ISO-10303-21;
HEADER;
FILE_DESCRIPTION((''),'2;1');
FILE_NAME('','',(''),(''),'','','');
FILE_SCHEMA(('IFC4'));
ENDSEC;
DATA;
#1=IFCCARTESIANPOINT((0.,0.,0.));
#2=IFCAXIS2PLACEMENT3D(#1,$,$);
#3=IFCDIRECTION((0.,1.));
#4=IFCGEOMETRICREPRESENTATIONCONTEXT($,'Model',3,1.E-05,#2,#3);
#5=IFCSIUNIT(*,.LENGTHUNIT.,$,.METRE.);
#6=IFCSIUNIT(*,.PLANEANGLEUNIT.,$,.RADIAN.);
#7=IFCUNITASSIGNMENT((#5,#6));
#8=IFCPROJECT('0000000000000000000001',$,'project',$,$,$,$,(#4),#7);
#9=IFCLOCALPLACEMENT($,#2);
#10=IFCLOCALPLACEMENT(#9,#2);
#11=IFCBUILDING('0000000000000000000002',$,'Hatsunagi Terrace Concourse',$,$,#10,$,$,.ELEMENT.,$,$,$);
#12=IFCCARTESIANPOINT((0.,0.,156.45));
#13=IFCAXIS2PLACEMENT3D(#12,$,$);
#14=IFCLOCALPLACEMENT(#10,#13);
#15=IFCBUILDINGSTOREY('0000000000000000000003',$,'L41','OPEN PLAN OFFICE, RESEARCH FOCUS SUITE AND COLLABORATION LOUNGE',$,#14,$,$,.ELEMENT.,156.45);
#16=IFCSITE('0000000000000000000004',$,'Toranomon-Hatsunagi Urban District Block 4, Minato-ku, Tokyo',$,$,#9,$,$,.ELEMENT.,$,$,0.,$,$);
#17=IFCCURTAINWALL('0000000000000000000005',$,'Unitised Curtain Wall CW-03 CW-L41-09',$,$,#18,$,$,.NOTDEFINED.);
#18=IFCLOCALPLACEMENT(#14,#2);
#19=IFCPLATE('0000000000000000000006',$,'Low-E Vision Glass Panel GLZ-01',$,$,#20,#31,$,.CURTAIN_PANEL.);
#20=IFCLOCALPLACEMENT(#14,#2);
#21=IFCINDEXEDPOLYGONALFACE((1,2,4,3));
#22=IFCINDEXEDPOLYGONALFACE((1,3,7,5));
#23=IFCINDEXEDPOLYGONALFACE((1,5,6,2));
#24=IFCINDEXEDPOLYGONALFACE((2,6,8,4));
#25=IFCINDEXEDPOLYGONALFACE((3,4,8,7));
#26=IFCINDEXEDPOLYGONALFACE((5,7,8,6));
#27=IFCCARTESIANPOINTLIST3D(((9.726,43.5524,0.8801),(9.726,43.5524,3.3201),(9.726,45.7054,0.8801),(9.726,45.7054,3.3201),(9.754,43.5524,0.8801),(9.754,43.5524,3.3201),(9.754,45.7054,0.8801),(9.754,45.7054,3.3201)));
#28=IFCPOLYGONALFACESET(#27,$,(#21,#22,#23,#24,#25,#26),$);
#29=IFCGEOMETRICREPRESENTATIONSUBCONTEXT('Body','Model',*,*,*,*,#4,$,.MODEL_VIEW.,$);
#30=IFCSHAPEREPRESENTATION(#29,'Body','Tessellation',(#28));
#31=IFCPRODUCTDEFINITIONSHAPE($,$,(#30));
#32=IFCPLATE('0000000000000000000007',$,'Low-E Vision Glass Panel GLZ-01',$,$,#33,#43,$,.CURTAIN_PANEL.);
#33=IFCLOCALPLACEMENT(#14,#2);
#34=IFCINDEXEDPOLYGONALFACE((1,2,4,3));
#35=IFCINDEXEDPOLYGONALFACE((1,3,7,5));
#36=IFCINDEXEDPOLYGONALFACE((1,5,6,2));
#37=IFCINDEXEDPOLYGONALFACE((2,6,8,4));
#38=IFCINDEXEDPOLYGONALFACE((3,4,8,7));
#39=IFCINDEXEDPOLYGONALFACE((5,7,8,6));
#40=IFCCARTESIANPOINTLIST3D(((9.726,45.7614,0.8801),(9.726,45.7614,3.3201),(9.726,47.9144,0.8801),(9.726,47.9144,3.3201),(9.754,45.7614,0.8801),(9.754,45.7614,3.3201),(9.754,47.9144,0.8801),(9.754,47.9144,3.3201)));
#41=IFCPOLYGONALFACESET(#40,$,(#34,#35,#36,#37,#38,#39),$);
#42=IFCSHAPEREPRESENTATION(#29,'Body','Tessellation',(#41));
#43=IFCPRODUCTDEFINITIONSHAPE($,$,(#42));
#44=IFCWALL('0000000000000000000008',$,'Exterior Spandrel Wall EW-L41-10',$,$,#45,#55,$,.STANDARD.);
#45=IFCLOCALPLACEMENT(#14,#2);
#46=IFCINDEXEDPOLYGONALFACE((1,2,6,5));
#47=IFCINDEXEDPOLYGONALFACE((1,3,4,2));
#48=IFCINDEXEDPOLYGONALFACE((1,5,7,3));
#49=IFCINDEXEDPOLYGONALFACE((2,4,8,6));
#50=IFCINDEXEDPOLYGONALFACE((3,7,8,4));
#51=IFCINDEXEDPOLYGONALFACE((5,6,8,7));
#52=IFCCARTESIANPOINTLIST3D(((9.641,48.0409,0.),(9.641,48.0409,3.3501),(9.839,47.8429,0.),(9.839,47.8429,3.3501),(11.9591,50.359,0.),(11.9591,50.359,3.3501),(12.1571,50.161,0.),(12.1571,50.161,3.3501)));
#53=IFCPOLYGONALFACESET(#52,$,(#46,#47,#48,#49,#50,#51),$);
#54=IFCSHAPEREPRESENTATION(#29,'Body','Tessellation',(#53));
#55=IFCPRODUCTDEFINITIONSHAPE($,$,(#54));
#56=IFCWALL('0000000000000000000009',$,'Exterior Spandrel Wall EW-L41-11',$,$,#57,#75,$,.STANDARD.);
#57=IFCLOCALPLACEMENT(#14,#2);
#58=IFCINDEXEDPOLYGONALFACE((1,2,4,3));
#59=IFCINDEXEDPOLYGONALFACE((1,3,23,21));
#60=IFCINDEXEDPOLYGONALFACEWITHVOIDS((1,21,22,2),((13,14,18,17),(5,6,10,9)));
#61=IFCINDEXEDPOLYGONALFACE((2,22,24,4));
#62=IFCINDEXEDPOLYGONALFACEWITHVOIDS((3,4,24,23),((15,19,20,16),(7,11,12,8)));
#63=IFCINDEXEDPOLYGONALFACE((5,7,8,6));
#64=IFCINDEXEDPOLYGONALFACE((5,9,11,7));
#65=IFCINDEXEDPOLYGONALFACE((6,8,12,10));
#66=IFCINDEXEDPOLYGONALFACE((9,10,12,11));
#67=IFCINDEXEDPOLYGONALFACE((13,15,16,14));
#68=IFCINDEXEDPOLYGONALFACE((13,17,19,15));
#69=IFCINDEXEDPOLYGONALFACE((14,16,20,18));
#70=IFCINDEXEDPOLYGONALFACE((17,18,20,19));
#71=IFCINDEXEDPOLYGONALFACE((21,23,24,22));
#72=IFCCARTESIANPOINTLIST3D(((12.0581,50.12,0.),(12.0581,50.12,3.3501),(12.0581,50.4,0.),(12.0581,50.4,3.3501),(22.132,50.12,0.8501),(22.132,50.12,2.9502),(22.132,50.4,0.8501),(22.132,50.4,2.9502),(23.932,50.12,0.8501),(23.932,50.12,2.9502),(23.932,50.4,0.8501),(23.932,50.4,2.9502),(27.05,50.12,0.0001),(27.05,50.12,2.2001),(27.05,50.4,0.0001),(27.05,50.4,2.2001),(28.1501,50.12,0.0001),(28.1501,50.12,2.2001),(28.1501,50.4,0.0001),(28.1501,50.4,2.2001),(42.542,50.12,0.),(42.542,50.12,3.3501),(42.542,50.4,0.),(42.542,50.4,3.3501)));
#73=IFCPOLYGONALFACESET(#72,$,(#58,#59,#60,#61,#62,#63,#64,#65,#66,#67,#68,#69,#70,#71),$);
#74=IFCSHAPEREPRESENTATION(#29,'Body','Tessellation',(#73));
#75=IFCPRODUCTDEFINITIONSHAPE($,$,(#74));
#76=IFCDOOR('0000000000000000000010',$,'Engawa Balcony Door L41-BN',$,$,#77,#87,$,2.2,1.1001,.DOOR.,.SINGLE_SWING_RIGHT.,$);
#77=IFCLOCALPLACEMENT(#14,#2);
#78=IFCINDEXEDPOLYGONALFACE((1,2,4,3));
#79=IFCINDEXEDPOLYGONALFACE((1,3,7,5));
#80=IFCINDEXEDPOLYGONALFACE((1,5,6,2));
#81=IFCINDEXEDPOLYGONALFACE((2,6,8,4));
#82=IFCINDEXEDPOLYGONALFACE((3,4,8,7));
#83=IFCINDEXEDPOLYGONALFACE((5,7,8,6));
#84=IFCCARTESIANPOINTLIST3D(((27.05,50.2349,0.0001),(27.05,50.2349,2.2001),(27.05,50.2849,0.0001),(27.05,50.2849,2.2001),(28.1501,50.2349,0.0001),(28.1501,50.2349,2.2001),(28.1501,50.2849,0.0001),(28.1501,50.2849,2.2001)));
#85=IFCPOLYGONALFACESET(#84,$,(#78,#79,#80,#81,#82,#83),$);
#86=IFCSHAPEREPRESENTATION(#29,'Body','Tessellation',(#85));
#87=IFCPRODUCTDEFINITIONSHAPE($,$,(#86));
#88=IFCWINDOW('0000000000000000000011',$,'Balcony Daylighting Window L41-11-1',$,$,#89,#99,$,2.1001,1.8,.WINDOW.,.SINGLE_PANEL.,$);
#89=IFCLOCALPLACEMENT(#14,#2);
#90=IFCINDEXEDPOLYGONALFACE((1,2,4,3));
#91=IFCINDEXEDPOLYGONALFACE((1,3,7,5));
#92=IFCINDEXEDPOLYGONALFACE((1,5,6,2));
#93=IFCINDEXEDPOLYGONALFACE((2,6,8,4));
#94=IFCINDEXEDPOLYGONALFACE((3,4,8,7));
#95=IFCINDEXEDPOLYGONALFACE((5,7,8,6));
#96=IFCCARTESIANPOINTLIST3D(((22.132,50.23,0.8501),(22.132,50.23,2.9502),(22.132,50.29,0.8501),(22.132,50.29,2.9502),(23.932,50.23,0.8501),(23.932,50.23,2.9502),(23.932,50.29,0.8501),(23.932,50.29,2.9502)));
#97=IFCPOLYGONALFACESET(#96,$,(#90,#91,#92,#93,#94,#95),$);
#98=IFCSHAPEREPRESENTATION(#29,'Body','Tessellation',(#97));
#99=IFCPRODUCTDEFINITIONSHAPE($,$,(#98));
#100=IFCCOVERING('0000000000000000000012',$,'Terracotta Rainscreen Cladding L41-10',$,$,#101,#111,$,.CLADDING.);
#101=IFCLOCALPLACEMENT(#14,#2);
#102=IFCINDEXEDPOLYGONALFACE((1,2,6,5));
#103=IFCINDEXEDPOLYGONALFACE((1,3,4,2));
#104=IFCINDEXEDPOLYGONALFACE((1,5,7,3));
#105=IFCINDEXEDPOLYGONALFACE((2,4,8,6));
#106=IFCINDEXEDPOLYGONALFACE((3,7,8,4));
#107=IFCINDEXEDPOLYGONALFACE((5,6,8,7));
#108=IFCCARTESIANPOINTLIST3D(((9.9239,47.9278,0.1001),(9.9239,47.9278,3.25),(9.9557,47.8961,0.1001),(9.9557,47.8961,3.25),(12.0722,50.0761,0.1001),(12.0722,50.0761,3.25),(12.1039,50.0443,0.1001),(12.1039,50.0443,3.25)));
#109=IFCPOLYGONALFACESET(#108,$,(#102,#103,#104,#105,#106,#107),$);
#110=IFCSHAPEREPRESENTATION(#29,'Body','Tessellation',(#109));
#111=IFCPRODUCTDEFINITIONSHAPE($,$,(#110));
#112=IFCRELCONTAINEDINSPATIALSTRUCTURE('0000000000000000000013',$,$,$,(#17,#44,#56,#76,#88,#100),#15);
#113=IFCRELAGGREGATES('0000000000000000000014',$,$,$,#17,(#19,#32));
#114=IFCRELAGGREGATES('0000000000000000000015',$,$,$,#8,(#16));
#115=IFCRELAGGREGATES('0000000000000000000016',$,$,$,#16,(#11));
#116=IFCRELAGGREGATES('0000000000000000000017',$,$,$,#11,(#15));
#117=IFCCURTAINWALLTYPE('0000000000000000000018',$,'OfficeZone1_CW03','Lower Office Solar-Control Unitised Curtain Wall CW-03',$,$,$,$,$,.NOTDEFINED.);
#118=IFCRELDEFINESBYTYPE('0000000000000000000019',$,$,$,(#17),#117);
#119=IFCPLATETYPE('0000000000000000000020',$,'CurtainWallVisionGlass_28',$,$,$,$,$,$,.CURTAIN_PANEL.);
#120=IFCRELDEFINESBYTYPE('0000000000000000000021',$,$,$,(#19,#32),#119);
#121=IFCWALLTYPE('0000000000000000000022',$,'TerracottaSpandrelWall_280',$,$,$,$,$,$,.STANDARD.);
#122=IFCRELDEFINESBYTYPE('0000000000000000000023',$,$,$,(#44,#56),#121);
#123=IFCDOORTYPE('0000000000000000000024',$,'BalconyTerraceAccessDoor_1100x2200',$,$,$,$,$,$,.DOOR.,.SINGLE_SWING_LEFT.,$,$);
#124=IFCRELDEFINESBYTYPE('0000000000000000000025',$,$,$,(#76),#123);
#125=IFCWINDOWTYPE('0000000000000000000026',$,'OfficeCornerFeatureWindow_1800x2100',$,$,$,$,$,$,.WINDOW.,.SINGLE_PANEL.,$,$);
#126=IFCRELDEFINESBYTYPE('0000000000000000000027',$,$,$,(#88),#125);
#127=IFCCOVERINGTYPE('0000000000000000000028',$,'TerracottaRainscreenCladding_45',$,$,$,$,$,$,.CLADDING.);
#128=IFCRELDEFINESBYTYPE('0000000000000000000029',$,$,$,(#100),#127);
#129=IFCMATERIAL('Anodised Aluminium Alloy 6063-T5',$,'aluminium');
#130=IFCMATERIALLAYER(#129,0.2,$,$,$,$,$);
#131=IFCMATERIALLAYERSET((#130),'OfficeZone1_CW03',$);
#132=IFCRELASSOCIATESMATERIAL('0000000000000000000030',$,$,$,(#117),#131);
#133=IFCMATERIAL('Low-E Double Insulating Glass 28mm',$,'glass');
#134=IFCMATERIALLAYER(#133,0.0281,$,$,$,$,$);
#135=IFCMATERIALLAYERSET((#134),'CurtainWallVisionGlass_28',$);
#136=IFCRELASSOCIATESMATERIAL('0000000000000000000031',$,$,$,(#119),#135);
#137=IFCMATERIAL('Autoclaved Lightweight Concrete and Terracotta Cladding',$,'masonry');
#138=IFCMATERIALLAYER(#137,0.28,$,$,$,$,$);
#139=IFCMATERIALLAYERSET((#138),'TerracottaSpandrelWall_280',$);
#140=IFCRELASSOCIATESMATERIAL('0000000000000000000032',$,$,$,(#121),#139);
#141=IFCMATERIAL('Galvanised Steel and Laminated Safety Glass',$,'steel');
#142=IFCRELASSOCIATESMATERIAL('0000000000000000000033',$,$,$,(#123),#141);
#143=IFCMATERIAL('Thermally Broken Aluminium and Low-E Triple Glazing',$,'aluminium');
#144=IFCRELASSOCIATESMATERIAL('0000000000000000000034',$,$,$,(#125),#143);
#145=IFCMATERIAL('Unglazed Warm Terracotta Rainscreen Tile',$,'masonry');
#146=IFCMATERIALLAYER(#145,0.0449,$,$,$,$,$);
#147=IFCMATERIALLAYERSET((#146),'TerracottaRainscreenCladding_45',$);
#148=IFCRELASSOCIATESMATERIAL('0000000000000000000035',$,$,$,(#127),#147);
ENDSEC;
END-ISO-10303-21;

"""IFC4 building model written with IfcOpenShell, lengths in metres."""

from ifc_helpers import new_model, si_unit, direction, frame, frame_2d, origin, origin_2d, place, context, subcontext, project, spatial, rectangle, extrude, material, layer, layer_set, type_object, element, fill, aggregate, save


model = new_model("IFC4")

# Units and contexts
model_context = context("Model", 3, precision=1e-05, world=origin(), true_north=direction((0.0, 1.0)))
body_context = subcontext(model_context, "Body", "Model", "MODEL_VIEW")
ifc_project = project(units=[si_unit("LENGTHUNIT", "METRE"), si_unit("PLANEANGLEUNIT", "RADIAN")], contexts=[model_context])

# Site, building, storey
site_placement = place(None, origin())
site = spatial("IfcSite", under=ifc_project, at=site_placement, Name="Toranomon-Hatsunagi Urban District Block 4, Minato-ku, Tokyo", CompositionType="ELEMENT", RefElevation=0.0)
building_placement = place(site_placement, origin())
building = spatial("IfcBuilding", under=site, at=building_placement, Name="Hatsunagi Terrace Concourse", CompositionType="ELEMENT")
storey_placement = place(building_placement, frame((0.0, 0.0, 156.45)))
storey = spatial("IfcBuildingStorey", under=building, at=storey_placement, Name="L41", Description="OPEN PLAN OFFICE, RESEARCH FOCUS SUITE AND COLLABORATION LOUNGE", CompositionType="ELEMENT", Elevation=156.45)

# Curtain wall
ifc_material_1 = material(Name="Anodised Aluminium Alloy 6063-T5", Category="aluminium")
ifc_layer_1 = layer(ifc_material_1, 0.2)
ifc_layer_set_1 = layer_set([ifc_layer_1], Name="OfficeZone1_CW03")
curtain_wall_type = type_object("IfcCurtainWallType", Name="OfficeZone1_CW03", Description="Lower Office Solar-Control Unitised Curtain Wall CW-03", PredefinedType="NOTDEFINED", material=ifc_layer_set_1)
curtain_wall_placement = place(storey_placement, origin())
curtain_wall = element("IfcCurtainWall", 1, at=curtain_wall_placement, inside=storey, type_object=curtain_wall_type, Name="Unitised Curtain Wall CW-03 CW-L41-09", PredefinedType="NOTDEFINED")

# Plates
ifc_material_2 = material(Name="Low-E Double Insulating Glass 28mm", Category="glass")
ifc_layer_2 = layer(ifc_material_2, 0.0281)
ifc_layer_set_2 = layer_set([ifc_layer_2], Name="CurtainWallVisionGlass_28")
plate_type_1 = type_object("IfcPlateType", Name="CurtainWallVisionGlass_28", PredefinedType="CURTAIN_PANEL", material=ifc_layer_set_2)
plate_1_placement = place(storey_placement, frame((9.74, 44.6289, 0.8801), z_axis=(0.0, 0.0, 1.0), x_axis=(0.0, 1.0, 0.0)))
plate_1 = element("IfcPlate", 2, at=plate_1_placement, type_object=plate_type_1, Name="Low-E Vision Glass Panel GLZ-01", PredefinedType="CURTAIN_PANEL", context=body_context, shape_type="SweptSolid", body=[
    extrude(rectangle(XDim=2.1531, YDim=0.0281, at=origin_2d()), origin(), (0.0, 0.0, 1.0), 2.4399),
])
plate_2_placement = place(storey_placement, frame((9.74, 46.8379, 0.8801), z_axis=(0.0, 0.0, 1.0), x_axis=(0.0, 1.0, 0.0)))
plate_2 = element("IfcPlate", 3, at=plate_2_placement, type_object=plate_type_1, Name="Low-E Vision Glass Panel GLZ-01", PredefinedType="CURTAIN_PANEL", context=body_context, shape_type="SweptSolid", body=[
    extrude(rectangle(XDim=2.1531, YDim=0.0281, at=origin_2d()), origin(), (0.0, 0.0, 1.0), 2.4399),
])
aggregate(curtain_wall, [plate_1, plate_2])

# Wall
ifc_material_3 = material(Name="Autoclaved Lightweight Concrete and Terracotta Cladding", Category="masonry")
ifc_layer_3 = layer(ifc_material_3, 0.28)
ifc_layer_set_3 = layer_set([ifc_layer_3], Name="TerracottaSpandrelWall_280")
wall_type = type_object("IfcWallType", Name="TerracottaSpandrelWall_280", PredefinedType="STANDARD", material=ifc_layer_set_3)
wall_1_placement = place(storey_placement, frame((9.74, 47.9419, 0.0), z_axis=(0.0, 0.0, 1.0), x_axis=(0.707107, 0.707107, 0.0)))
element("IfcWall", 4, at=wall_1_placement, inside=storey, type_object=wall_type, Name="Exterior Spandrel Wall EW-L41-10", PredefinedType="STANDARD", context=body_context, shape_type="SweptSolid", body=[
    extrude(rectangle(XDim=3.2783, YDim=0.28, at=frame_2d((1.6392, 0.0))), origin(), (0.0, 0.0, 1.0), 3.3501),
])

# Wall, openings, door, window
wall_2_placement = place(storey_placement, frame((12.0581, 50.26, 0.0), z_axis=(0.0, 0.0, 1.0), x_axis=(1.0, 0.0, 0.0)))
wall_2 = element("IfcWall", 5, at=wall_2_placement, inside=storey, type_object=wall_type, Name="Exterior Spandrel Wall EW-L41-11", PredefinedType="STANDARD", context=body_context, shape_type="SweptSolid", body=[
    extrude(rectangle(XDim=30.4839, YDim=0.28, at=frame_2d((15.2419, 0.0))), origin(), (0.0, 0.0, 1.0), 3.3501),
])
opening_1_placement = place(wall_2_placement, frame((14.9919, 0.0, 0.0)))
opening_1 = element("IfcOpeningElement", 6, at=opening_1_placement, cuts=wall_2, PredefinedType="OPENING", context=body_context, shape_type="SweptSolid", body=[
    extrude(rectangle(XDim=1.1001, YDim=2.2, at=frame_2d((0.55, 1.1001))), frame((0.0, 0.1499, 0.0), z_axis=(0.0, -1.0, 0.0), x_axis=(1.0, 0.0, 0.0)), (0.0, 0.0, 1.0), 0.3),
])
opening_2_placement = place(wall_2_placement, frame((10.074, 0.0, 0.8501)))
opening_2 = element("IfcOpeningElement", 7, at=opening_2_placement, cuts=wall_2, PredefinedType="OPENING", context=body_context, shape_type="SweptSolid", body=[
    extrude(rectangle(XDim=1.8, YDim=2.1001, at=frame_2d((0.8999, 1.05))), frame((0.0, 0.1499, 0.0), z_axis=(0.0, -1.0, 0.0), x_axis=(1.0, 0.0, 0.0)), (0.0, 0.0, 1.0), 0.3),
])
ifc_material_4 = material(Name="Galvanised Steel and Laminated Safety Glass", Category="steel")
door_type = type_object("IfcDoorType", Name="BalconyTerraceAccessDoor_1100x2200", OperationType="SINGLE_SWING_LEFT", PredefinedType="DOOR", material=ifc_material_4)
door_placement = place(opening_1_placement, origin())
door = element("IfcDoor", 8, at=door_placement, inside=storey, type_object=door_type, Name="Engawa Balcony Door L41-BN", OperationType="SINGLE_SWING_RIGHT", OverallHeight=2.2, OverallWidth=1.1001, PredefinedType="DOOR", context=body_context, shape_type="SweptSolid", body=[
    extrude(rectangle(XDim=1.1001, YDim=2.2, at=frame_2d((0.55, 1.1001))), frame((0.0, 0.0249, 0.0), z_axis=(0.0, -1.0, 0.0), x_axis=(1.0, 0.0, 0.0)), (0.0, 0.0, 1.0), 0.05),
])
fill(opening_1, door)
ifc_material_5 = material(Name="Thermally Broken Aluminium and Low-E Triple Glazing", Category="aluminium")
window_type = type_object("IfcWindowType", Name="OfficeCornerFeatureWindow_1800x2100", PartitioningType="SINGLE_PANEL", PredefinedType="WINDOW", material=ifc_material_5)
window_placement = place(opening_2_placement, origin())
window = element("IfcWindow", 9, at=window_placement, inside=storey, type_object=window_type, Name="Balcony Daylighting Window L41-11-1", OverallHeight=2.1001, OverallWidth=1.8, PartitioningType="SINGLE_PANEL", PredefinedType="WINDOW", context=body_context, shape_type="SweptSolid", body=[
    extrude(rectangle(XDim=1.8, YDim=2.1001, at=frame_2d((0.8999, 1.05))), frame((0.0, 0.03, 0.0), z_axis=(0.0, -1.0, 0.0), x_axis=(1.0, 0.0, 0.0)), (0.0, 0.0, 1.0), 0.0601),
])
fill(opening_2, window)

# Covering
ifc_material_6 = material(Name="Unglazed Warm Terracotta Rainscreen Tile", Category="masonry")
ifc_layer_4 = layer(ifc_material_6, 0.0449)
ifc_layer_set_4 = layer_set([ifc_layer_4], Name="TerracottaRainscreenCladding_45")
covering_type = type_object("IfcCoveringType", Name="TerracottaRainscreenCladding_45", PredefinedType="CLADDING", material=ifc_layer_set_4)
covering_placement = place(storey_placement, frame((11.0139, 48.9861, 0.1001), z_axis=(0.0, 0.0, 1.0), x_axis=(0.707107, 0.707107, 0.0)))
element("IfcCovering", 10, at=covering_placement, inside=storey, type_object=covering_type, Name="Terracotta Rainscreen Cladding L41-10", PredefinedType="CLADDING", context=body_context, shape_type="SweptSolid", body=[
    extrude(rectangle(XDim=3.0381, YDim=0.0449, at=origin_2d()), origin(), (0.0, 0.0, 1.0), 3.1499),
])

save(model, "model.ifc")
